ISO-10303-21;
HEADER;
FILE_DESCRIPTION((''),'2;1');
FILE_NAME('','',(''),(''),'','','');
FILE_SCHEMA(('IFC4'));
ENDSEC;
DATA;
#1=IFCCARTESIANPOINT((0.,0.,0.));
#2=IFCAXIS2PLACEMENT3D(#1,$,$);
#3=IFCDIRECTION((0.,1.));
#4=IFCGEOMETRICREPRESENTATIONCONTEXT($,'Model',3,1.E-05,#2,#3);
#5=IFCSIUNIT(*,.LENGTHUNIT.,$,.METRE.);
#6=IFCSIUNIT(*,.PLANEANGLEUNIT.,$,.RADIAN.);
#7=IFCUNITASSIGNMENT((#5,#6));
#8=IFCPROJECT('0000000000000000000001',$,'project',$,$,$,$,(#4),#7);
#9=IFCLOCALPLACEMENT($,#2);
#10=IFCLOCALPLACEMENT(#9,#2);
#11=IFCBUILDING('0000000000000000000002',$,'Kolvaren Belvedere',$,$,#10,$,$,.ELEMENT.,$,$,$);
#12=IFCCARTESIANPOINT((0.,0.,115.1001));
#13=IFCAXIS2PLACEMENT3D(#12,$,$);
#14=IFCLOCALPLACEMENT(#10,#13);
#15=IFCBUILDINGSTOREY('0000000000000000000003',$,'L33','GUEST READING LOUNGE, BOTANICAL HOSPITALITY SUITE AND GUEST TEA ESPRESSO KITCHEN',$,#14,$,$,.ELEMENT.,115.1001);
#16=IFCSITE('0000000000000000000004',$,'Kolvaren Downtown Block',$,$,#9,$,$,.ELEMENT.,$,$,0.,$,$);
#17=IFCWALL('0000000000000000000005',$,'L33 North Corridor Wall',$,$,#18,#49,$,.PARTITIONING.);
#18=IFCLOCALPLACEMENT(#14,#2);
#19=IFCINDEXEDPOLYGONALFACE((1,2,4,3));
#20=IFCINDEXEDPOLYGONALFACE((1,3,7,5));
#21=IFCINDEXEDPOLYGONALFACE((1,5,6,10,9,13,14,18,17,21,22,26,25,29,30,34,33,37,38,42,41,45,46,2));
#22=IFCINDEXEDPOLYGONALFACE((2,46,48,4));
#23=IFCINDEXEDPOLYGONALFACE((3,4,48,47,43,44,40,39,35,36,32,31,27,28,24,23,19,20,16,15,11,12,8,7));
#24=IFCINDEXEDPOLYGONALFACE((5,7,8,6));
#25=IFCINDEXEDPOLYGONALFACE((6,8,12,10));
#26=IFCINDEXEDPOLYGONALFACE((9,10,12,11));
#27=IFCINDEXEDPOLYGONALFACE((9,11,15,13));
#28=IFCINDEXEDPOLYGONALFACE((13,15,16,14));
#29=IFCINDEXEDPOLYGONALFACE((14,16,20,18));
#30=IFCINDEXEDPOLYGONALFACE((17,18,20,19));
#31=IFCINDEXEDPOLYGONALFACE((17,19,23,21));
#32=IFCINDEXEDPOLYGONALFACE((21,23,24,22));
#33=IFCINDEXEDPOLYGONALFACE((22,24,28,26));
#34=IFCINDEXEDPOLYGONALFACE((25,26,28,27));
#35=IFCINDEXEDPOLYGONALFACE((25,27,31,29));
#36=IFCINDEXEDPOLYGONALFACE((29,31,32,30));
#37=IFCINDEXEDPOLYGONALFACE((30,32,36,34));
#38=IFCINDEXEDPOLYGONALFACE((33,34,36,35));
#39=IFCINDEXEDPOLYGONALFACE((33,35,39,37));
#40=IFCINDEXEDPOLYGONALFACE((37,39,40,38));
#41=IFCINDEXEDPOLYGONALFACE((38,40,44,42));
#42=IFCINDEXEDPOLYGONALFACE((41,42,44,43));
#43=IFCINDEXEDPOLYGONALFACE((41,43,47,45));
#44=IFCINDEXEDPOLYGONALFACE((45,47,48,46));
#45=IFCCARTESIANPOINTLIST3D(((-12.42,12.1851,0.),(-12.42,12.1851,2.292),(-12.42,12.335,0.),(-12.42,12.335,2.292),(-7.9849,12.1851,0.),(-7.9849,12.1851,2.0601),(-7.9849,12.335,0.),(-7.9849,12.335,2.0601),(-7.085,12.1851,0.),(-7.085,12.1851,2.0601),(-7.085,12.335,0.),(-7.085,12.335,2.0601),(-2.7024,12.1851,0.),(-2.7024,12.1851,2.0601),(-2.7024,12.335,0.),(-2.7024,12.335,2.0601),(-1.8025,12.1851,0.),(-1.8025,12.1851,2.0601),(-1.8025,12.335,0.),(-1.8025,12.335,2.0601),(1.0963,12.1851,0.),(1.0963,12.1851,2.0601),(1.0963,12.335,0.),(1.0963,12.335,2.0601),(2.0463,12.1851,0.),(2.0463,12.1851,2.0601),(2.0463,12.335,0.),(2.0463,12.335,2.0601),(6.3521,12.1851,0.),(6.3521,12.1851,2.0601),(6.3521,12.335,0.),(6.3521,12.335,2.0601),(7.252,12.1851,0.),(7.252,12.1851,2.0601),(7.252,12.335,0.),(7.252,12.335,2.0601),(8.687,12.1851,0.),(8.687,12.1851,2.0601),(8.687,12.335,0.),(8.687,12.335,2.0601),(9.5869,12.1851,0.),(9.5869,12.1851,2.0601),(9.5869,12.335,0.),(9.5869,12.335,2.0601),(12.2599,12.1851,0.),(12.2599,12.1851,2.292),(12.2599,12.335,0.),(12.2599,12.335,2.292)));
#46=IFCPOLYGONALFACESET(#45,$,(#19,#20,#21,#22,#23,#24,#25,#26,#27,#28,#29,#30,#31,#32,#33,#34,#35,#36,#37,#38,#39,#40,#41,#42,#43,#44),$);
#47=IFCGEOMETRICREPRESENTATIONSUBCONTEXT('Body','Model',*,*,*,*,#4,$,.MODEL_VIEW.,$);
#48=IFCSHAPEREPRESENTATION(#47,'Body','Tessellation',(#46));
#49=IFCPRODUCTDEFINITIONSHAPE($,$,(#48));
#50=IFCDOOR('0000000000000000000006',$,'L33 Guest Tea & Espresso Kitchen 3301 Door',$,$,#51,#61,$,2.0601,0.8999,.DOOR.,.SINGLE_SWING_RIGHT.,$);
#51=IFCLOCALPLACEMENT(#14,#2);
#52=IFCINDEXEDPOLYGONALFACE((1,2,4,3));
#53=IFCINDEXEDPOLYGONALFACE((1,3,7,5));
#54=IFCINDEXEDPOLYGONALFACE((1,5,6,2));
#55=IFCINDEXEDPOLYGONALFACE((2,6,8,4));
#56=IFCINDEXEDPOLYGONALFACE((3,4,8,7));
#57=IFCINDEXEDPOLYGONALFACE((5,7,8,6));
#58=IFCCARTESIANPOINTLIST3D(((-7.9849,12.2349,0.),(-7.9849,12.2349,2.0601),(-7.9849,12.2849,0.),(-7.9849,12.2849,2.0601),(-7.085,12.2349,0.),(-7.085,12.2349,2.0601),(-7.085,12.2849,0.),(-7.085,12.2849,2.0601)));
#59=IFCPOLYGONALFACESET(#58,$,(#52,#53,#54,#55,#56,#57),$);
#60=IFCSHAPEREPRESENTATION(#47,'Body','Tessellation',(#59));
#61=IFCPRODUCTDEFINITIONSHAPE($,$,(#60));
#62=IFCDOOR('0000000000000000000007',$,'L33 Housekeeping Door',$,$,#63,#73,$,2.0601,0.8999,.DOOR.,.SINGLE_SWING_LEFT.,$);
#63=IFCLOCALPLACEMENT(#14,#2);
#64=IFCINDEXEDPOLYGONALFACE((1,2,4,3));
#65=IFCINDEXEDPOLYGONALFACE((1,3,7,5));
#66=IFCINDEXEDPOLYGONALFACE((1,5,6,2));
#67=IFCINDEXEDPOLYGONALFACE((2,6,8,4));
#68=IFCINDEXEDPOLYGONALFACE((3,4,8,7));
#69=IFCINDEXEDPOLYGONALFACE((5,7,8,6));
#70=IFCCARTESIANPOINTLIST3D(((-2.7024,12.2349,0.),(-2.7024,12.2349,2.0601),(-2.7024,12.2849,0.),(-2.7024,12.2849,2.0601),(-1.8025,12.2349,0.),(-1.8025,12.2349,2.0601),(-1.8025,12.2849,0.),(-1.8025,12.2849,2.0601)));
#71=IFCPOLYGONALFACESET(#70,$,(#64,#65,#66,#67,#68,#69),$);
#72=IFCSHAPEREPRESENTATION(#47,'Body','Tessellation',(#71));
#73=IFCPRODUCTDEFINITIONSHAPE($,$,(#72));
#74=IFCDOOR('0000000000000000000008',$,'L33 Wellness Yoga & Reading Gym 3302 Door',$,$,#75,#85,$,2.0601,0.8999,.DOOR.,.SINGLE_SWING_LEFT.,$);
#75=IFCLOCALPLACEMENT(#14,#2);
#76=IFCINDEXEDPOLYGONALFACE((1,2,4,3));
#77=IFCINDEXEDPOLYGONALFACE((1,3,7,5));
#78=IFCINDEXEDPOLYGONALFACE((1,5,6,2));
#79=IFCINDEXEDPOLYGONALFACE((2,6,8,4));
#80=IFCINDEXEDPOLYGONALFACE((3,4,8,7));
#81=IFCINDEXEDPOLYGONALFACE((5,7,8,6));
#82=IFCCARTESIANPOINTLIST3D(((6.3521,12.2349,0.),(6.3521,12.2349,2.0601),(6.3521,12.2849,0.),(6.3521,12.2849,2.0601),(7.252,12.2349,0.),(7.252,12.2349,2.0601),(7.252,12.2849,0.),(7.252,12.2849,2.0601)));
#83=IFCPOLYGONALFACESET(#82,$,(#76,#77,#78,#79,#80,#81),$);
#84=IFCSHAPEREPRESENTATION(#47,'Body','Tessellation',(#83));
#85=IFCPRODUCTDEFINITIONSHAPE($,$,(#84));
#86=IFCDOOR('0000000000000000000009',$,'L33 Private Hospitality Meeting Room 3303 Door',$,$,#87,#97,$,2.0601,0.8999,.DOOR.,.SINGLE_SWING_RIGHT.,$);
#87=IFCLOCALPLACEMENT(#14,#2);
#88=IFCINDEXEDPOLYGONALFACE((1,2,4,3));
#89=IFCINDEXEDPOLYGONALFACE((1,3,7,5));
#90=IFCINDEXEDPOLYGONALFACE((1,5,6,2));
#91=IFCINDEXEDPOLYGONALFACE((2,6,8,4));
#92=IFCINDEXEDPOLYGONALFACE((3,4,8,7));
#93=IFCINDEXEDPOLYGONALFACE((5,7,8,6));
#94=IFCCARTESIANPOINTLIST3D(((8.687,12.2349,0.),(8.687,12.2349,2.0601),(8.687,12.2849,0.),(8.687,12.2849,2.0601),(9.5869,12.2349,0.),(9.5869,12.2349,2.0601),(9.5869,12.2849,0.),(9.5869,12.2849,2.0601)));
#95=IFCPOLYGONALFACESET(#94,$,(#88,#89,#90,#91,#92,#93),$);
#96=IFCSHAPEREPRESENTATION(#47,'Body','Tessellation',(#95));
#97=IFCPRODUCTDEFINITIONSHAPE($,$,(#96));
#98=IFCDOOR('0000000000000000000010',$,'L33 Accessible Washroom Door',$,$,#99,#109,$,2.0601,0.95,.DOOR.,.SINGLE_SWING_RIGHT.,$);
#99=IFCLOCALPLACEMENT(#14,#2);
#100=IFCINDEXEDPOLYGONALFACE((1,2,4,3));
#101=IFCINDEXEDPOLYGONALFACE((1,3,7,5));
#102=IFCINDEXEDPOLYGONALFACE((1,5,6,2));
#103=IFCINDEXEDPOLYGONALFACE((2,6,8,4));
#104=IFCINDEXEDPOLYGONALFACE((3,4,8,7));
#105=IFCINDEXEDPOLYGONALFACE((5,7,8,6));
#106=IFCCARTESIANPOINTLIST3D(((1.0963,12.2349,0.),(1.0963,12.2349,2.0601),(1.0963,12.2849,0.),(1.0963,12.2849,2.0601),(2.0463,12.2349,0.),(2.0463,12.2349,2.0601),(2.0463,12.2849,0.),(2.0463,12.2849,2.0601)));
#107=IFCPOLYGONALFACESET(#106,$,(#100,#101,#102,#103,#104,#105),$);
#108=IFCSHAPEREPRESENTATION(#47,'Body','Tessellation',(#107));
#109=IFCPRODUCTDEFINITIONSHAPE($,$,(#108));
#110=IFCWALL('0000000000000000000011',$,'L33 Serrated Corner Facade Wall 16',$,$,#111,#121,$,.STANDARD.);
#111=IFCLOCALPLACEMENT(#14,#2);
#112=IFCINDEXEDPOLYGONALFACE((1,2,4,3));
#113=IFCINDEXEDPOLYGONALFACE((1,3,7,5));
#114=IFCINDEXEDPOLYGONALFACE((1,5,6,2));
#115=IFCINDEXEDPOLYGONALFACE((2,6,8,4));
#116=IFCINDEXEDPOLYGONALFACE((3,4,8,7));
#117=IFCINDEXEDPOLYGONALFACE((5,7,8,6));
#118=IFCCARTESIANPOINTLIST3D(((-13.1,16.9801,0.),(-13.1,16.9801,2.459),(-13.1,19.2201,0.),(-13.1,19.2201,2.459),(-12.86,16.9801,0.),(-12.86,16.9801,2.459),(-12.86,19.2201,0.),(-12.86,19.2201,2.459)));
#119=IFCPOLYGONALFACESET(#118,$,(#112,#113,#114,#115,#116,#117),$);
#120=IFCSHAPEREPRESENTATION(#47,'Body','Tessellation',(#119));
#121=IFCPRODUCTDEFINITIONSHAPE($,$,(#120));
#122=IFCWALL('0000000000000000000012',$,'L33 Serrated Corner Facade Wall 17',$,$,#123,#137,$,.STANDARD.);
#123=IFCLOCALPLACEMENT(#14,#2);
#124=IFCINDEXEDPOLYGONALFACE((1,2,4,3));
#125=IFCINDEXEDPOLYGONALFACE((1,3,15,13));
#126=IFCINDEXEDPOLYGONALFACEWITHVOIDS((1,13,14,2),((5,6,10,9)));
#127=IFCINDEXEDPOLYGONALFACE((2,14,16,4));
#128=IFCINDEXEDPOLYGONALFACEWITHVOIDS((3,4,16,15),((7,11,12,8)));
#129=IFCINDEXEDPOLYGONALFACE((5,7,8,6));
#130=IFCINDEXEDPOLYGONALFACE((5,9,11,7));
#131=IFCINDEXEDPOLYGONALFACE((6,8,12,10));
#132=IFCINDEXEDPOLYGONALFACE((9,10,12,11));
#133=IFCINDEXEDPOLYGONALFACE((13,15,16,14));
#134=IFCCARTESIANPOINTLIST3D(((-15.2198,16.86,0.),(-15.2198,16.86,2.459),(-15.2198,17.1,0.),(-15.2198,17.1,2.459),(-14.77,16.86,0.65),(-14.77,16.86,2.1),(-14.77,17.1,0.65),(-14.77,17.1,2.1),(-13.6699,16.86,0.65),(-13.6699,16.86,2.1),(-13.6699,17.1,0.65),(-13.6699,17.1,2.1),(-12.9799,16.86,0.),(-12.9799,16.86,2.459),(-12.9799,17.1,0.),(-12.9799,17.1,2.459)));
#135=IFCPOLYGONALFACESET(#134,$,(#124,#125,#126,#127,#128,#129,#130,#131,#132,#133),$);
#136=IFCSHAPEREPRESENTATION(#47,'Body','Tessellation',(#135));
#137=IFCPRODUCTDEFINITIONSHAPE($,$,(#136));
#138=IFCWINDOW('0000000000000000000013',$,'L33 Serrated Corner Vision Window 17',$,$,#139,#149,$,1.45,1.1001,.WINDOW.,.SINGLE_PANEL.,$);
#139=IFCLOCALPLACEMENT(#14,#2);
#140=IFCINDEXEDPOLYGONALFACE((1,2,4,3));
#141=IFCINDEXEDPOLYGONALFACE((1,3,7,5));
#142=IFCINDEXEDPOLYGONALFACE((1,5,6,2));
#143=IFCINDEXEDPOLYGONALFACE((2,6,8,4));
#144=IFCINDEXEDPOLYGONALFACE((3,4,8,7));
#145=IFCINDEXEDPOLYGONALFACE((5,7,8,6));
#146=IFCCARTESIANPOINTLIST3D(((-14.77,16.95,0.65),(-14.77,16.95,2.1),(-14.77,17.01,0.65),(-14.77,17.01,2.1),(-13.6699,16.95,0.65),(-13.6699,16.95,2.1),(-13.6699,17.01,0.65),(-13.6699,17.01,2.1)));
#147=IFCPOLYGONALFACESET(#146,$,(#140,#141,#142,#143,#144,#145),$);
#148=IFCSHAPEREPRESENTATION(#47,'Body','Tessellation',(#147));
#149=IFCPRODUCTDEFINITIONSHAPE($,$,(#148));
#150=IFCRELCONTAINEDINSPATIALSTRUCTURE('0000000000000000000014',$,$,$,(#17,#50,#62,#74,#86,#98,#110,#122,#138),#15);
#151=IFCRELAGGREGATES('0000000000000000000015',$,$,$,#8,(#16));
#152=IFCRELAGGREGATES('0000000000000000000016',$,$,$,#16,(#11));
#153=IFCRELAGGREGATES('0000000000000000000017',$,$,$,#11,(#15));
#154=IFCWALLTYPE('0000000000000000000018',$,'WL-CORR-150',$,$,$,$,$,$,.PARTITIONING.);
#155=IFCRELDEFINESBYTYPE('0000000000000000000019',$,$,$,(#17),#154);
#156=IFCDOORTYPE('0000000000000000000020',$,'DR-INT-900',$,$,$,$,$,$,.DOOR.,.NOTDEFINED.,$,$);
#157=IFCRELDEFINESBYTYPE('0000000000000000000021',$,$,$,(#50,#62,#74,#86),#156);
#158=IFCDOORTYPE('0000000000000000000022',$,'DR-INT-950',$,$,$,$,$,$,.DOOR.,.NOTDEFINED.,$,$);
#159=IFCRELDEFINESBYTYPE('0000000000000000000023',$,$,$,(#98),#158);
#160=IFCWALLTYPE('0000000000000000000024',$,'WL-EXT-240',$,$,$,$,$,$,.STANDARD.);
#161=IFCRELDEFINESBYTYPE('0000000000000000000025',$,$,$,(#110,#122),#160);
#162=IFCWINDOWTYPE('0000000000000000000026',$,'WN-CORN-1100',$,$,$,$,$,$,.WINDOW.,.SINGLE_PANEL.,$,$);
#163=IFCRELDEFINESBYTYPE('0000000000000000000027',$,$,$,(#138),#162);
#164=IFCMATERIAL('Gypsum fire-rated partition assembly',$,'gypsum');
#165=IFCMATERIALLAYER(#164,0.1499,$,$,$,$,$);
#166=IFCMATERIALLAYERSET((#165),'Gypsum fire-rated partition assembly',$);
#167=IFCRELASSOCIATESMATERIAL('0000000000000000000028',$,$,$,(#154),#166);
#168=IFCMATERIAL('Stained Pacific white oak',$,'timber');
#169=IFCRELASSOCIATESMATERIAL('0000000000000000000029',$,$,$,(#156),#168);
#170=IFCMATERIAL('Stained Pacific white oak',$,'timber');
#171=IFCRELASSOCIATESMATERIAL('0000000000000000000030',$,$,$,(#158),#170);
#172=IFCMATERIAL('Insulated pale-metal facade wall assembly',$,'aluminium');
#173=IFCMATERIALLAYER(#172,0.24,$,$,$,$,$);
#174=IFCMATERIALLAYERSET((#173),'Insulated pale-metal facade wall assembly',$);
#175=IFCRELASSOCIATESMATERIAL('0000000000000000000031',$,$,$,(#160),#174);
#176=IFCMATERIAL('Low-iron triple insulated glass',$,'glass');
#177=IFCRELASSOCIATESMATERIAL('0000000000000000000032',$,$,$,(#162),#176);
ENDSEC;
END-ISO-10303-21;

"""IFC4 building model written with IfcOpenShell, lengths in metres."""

from ifc_helpers import new_model, si_unit, direction, frame, frame_2d, origin, place, context, subcontext, project, spatial, rectangle, extrude, material, layer, layer_set, type_object, element, fill, save


model = new_model("IFC4")

# Units and contexts
model_context = context("Model", 3, precision=1e-05, world=origin(), true_north=direction((0.0, 1.0)))
body_context = subcontext(model_context, "Body", "Model", "MODEL_VIEW")
ifc_project = project(units=[si_unit("LENGTHUNIT", "METRE"), si_unit("PLANEANGLEUNIT", "RADIAN")], contexts=[model_context])

# Site, building, storey
site_placement = place(None, origin())
site = spatial("IfcSite", under=ifc_project, at=site_placement, Name="Kolvaren Downtown Block", CompositionType="ELEMENT", RefElevation=0.0)
building_placement = place(site_placement, origin())
building = spatial("IfcBuilding", under=site, at=building_placement, Name="Kolvaren Belvedere", CompositionType="ELEMENT")
storey_placement = place(building_placement, frame((0.0, 0.0, 115.1001)))
storey = spatial("IfcBuildingStorey", under=building, at=storey_placement, Name="L33", Description="GUEST READING LOUNGE, BOTANICAL HOSPITALITY SUITE AND GUEST TEA ESPRESSO KITCHEN", CompositionType="ELEMENT", Elevation=115.1001)

# Wall, openings, doors
ifc_material_1 = material(Name="Gypsum fire-rated partition assembly", Category="gypsum")
ifc_layer_1 = layer(ifc_material_1, 0.1499)
ifc_layer_set_1 = layer_set([ifc_layer_1], Name="Gypsum fire-rated partition assembly")
wall_type_1 = type_object("IfcWallType", Name="WL-CORR-150", PredefinedType="PARTITIONING", material=ifc_layer_set_1)
wall_1_placement = place(storey_placement, frame((-12.4199, 12.26, 0.0), z_axis=(0.0, 0.0, 1.0), x_axis=(1.0, 0.0, 0.0)))
wall_1 = element("IfcWall", 1, at=wall_1_placement, inside=storey, type_object=wall_type_1, Name="L33 North Corridor Wall", PredefinedType="PARTITIONING", context=body_context, shape_type="SweptSolid", body=[
    extrude(rectangle(XDim=24.6799, YDim=0.1499, at=frame_2d((12.3398, 0.0))), origin(), (0.0, 0.0, 1.0), 2.292),
])
opening_1_placement = place(wall_1_placement, frame((4.4351, 0.0, 0.0)))
opening_1 = element("IfcOpeningElement", 2, at=opening_1_placement, cuts=wall_1, PredefinedType="OPENING", context=body_context, shape_type="SweptSolid", body=[
    extrude(rectangle(XDim=0.8999, YDim=2.0601, at=frame_2d((0.45, 1.03))), frame((0.0, 0.085, 0.0), z_axis=(0.0, -1.0, 0.0), x_axis=(1.0, 0.0, 0.0)), (0.0, 0.0, 1.0), 0.1699),
])
opening_2_placement = place(wall_1_placement, frame((9.7175, 0.0, 0.0)))
opening_2 = element("IfcOpeningElement", 3, at=opening_2_placement, cuts=wall_1, PredefinedType="OPENING", context=body_context, shape_type="SweptSolid", body=[
    extrude(rectangle(XDim=0.8999, YDim=2.0601, at=frame_2d((0.45, 1.03))), frame((0.0, 0.085, 0.0), z_axis=(0.0, -1.0, 0.0), x_axis=(1.0, 0.0, 0.0)), (0.0, 0.0, 1.0), 0.1699),
])
opening_3_placement = place(wall_1_placement, frame((13.5161, 0.0, 0.0)))
opening_3 = element("IfcOpeningElement", 4, at=opening_3_placement, cuts=wall_1, PredefinedType="OPENING", context=body_context, shape_type="SweptSolid", body=[
    extrude(rectangle(XDim=0.95, YDim=2.0601, at=frame_2d((0.4751, 1.03))), frame((0.0, 0.085, 0.0), z_axis=(0.0, -1.0, 0.0), x_axis=(1.0, 0.0, 0.0)), (0.0, 0.0, 1.0), 0.1699),
])
opening_4_placement = place(wall_1_placement, frame((18.772, 0.0, 0.0)))
opening_4 = element("IfcOpeningElement", 5, at=opening_4_placement, cuts=wall_1, PredefinedType="OPENING", context=body_context, shape_type="SweptSolid", body=[
    extrude(rectangle(XDim=0.8999, YDim=2.0601, at=frame_2d((0.45, 1.03))), frame((0.0, 0.085, 0.0), z_axis=(0.0, -1.0, 0.0), x_axis=(1.0, 0.0, 0.0)), (0.0, 0.0, 1.0), 0.1699),
])
opening_5_placement = place(wall_1_placement, frame((21.1069, 0.0, 0.0)))
opening_5 = element("IfcOpeningElement", 6, at=opening_5_placement, cuts=wall_1, PredefinedType="OPENING", context=body_context, shape_type="SweptSolid", body=[
    extrude(rectangle(XDim=0.8999, YDim=2.0601, at=frame_2d((0.45, 1.03))), frame((0.0, 0.085, 0.0), z_axis=(0.0, -1.0, 0.0), x_axis=(1.0, 0.0, 0.0)), (0.0, 0.0, 1.0), 0.1699),
])
ifc_material_2 = material(Name="Stained Pacific white oak", Category="timber")
door_type_1 = type_object("IfcDoorType", Name="DR-INT-900", OperationType="NOTDEFINED", PredefinedType="DOOR", material=ifc_material_2)
door_1_placement = place(opening_1_placement, origin())
door_1 = element("IfcDoor", 7, at=door_1_placement, inside=storey, type_object=door_type_1, Name="L33 Guest Tea & Espresso Kitchen 3301 Door", OperationType="SINGLE_SWING_RIGHT", OverallHeight=2.0601, OverallWidth=0.8999, PredefinedType="DOOR", context=body_context, shape_type="SweptSolid", body=[
    extrude(rectangle(XDim=0.8999, YDim=2.0601, at=frame_2d((0.45, 1.03))), frame((0.0, 0.0249, 0.0), z_axis=(0.0, -1.0, 0.0), x_axis=(1.0, 0.0, 0.0)), (0.0, 0.0, 1.0), 0.05),
])
fill(opening_1, door_1)
door_2_placement = place(opening_2_placement, origin())
door_2 = element("IfcDoor", 8, at=door_2_placement, inside=storey, type_object=door_type_1, Name="L33 Housekeeping Door", OperationType="SINGLE_SWING_LEFT", OverallHeight=2.0601, OverallWidth=0.8999, PredefinedType="DOOR", context=body_context, shape_type="SweptSolid", body=[
    extrude(rectangle(XDim=0.8999, YDim=2.0601, at=frame_2d((0.45, 1.03))), frame((0.0, 0.0249, 0.0), z_axis=(0.0, -1.0, 0.0), x_axis=(1.0, 0.0, 0.0)), (0.0, 0.0, 1.0), 0.05),
])
fill(opening_2, door_2)
door_3_placement = place(opening_4_placement, origin())
door_3 = element("IfcDoor", 9, at=door_3_placement, inside=storey, type_object=door_type_1, Name="L33 Wellness Yoga & Reading Gym 3302 Door", OperationType="SINGLE_SWING_LEFT", OverallHeight=2.0601, OverallWidth=0.8999, PredefinedType="DOOR", context=body_context, shape_type="SweptSolid", body=[
    extrude(rectangle(XDim=0.8999, YDim=2.0601, at=frame_2d((0.45, 1.03))), frame((0.0, 0.0249, 0.0), z_axis=(0.0, -1.0, 0.0), x_axis=(1.0, 0.0, 0.0)), (0.0, 0.0, 1.0), 0.05),
])
fill(opening_4, door_3)
door_4_placement = place(opening_5_placement, origin())
door_4 = element("IfcDoor", 10, at=door_4_placement, inside=storey, type_object=door_type_1, Name="L33 Private Hospitality Meeting Room 3303 Door", OperationType="SINGLE_SWING_RIGHT", OverallHeight=2.0601, OverallWidth=0.8999, PredefinedType="DOOR", context=body_context, shape_type="SweptSolid", body=[
    extrude(rectangle(XDim=0.8999, YDim=2.0601, at=frame_2d((0.45, 1.03))), frame((0.0, 0.0249, 0.0), z_axis=(0.0, -1.0, 0.0), x_axis=(1.0, 0.0, 0.0)), (0.0, 0.0, 1.0), 0.05),
])
fill(opening_5, door_4)
ifc_material_3 = material(Name="Stained Pacific white oak", Category="timber")
door_type_2 = type_object("IfcDoorType", Name="DR-INT-950", OperationType="NOTDEFINED", PredefinedType="DOOR", material=ifc_material_3)
door_5_placement = place(opening_3_placement, origin())
door_5 = element("IfcDoor", 11, at=door_5_placement, inside=storey, type_object=door_type_2, Name="L33 Accessible Washroom Door", OperationType="SINGLE_SWING_RIGHT", OverallHeight=2.0601, OverallWidth=0.95, PredefinedType="DOOR", context=body_context, shape_type="SweptSolid", body=[
    extrude(rectangle(XDim=0.95, YDim=2.0601, at=frame_2d((0.4751, 1.03))), frame((0.0, 0.0249, 0.0), z_axis=(0.0, -1.0, 0.0), x_axis=(1.0, 0.0, 0.0)), (0.0, 0.0, 1.0), 0.05),
])
fill(opening_3, door_5)

# Wall
ifc_material_4 = material(Name="Insulated pale-metal facade wall assembly", Category="aluminium")
ifc_layer_2 = layer(ifc_material_4, 0.24)
ifc_layer_set_2 = layer_set([ifc_layer_2], Name="Insulated pale-metal facade wall assembly")
wall_type_2 = type_object("IfcWallType", Name="WL-EXT-240", PredefinedType="STANDARD", material=ifc_layer_set_2)
wall_2_placement = place(storey_placement, frame((-12.98, 16.98, 0.0), z_axis=(0.0, 0.0, 1.0), x_axis=(0.0, 1.0, 0.0)))
element("IfcWall", 12, at=wall_2_placement, inside=storey, type_object=wall_type_2, Name="L33 Serrated Corner Facade Wall 16", PredefinedType="STANDARD", context=body_context, shape_type="SweptSolid", body=[
    extrude(rectangle(XDim=2.24, YDim=0.24, at=frame_2d((1.1201, 0.0))), origin(), (0.0, 0.0, 1.0), 2.459),
])

# Wall, opening, window
wall_3_placement = place(storey_placement, frame((-15.22, 16.98, 0.0), z_axis=(0.0, 0.0, 1.0), x_axis=(1.0, 0.0, 0.0)))
wall_3 = element("IfcWall", 13, at=wall_3_placement, inside=storey, type_object=wall_type_2, Name="L33 Serrated Corner Facade Wall 17", PredefinedType="STANDARD", context=body_context, shape_type="SweptSolid", body=[
    extrude(rectangle(XDim=2.24, YDim=0.24, at=frame_2d((1.1201, 0.0))), origin(), (0.0, 0.0, 1.0), 2.459),
])
opening_6_placement = place(wall_3_placement, frame((0.45, 0.0, 0.6499)))
opening_6 = element("IfcOpeningElement", 14, at=opening_6_placement, cuts=wall_3, PredefinedType="OPENING", context=body_context, shape_type="SweptSolid", body=[
    extrude(rectangle(XDim=1.1001, YDim=1.45, at=frame_2d((0.55, 0.7251))), frame((0.0, 0.1299, 0.0), z_axis=(0.0, -1.0, 0.0), x_axis=(1.0, 0.0, 0.0)), (0.0, 0.0, 1.0), 0.26),
])
ifc_material_5 = material(Name="Low-iron triple insulated glass", Category="glass")
window_type = type_object("IfcWindowType", Name="WN-CORN-1100", PartitioningType="SINGLE_PANEL", PredefinedType="WINDOW", material=ifc_material_5)
window_1_placement = place(opening_6_placement, origin())
window_1 = element("IfcWindow", 15, at=window_1_placement, inside=storey, type_object=window_type, Name="L33 Serrated Corner Vision Window 17", OverallHeight=1.45, OverallWidth=1.1001, PartitioningType="SINGLE_PANEL", PredefinedType="WINDOW", context=body_context, shape_type="SweptSolid", body=[
    extrude(rectangle(XDim=1.1001, YDim=1.45, at=frame_2d((0.55, 0.7251))), frame((0.0, 0.03, 0.0), z_axis=(0.0, -1.0, 0.0), x_axis=(1.0, 0.0, 0.0)), (0.0, 0.0, 1.0), 0.0601),
])
fill(opening_6, window_1)

save(model, "model.ifc")
